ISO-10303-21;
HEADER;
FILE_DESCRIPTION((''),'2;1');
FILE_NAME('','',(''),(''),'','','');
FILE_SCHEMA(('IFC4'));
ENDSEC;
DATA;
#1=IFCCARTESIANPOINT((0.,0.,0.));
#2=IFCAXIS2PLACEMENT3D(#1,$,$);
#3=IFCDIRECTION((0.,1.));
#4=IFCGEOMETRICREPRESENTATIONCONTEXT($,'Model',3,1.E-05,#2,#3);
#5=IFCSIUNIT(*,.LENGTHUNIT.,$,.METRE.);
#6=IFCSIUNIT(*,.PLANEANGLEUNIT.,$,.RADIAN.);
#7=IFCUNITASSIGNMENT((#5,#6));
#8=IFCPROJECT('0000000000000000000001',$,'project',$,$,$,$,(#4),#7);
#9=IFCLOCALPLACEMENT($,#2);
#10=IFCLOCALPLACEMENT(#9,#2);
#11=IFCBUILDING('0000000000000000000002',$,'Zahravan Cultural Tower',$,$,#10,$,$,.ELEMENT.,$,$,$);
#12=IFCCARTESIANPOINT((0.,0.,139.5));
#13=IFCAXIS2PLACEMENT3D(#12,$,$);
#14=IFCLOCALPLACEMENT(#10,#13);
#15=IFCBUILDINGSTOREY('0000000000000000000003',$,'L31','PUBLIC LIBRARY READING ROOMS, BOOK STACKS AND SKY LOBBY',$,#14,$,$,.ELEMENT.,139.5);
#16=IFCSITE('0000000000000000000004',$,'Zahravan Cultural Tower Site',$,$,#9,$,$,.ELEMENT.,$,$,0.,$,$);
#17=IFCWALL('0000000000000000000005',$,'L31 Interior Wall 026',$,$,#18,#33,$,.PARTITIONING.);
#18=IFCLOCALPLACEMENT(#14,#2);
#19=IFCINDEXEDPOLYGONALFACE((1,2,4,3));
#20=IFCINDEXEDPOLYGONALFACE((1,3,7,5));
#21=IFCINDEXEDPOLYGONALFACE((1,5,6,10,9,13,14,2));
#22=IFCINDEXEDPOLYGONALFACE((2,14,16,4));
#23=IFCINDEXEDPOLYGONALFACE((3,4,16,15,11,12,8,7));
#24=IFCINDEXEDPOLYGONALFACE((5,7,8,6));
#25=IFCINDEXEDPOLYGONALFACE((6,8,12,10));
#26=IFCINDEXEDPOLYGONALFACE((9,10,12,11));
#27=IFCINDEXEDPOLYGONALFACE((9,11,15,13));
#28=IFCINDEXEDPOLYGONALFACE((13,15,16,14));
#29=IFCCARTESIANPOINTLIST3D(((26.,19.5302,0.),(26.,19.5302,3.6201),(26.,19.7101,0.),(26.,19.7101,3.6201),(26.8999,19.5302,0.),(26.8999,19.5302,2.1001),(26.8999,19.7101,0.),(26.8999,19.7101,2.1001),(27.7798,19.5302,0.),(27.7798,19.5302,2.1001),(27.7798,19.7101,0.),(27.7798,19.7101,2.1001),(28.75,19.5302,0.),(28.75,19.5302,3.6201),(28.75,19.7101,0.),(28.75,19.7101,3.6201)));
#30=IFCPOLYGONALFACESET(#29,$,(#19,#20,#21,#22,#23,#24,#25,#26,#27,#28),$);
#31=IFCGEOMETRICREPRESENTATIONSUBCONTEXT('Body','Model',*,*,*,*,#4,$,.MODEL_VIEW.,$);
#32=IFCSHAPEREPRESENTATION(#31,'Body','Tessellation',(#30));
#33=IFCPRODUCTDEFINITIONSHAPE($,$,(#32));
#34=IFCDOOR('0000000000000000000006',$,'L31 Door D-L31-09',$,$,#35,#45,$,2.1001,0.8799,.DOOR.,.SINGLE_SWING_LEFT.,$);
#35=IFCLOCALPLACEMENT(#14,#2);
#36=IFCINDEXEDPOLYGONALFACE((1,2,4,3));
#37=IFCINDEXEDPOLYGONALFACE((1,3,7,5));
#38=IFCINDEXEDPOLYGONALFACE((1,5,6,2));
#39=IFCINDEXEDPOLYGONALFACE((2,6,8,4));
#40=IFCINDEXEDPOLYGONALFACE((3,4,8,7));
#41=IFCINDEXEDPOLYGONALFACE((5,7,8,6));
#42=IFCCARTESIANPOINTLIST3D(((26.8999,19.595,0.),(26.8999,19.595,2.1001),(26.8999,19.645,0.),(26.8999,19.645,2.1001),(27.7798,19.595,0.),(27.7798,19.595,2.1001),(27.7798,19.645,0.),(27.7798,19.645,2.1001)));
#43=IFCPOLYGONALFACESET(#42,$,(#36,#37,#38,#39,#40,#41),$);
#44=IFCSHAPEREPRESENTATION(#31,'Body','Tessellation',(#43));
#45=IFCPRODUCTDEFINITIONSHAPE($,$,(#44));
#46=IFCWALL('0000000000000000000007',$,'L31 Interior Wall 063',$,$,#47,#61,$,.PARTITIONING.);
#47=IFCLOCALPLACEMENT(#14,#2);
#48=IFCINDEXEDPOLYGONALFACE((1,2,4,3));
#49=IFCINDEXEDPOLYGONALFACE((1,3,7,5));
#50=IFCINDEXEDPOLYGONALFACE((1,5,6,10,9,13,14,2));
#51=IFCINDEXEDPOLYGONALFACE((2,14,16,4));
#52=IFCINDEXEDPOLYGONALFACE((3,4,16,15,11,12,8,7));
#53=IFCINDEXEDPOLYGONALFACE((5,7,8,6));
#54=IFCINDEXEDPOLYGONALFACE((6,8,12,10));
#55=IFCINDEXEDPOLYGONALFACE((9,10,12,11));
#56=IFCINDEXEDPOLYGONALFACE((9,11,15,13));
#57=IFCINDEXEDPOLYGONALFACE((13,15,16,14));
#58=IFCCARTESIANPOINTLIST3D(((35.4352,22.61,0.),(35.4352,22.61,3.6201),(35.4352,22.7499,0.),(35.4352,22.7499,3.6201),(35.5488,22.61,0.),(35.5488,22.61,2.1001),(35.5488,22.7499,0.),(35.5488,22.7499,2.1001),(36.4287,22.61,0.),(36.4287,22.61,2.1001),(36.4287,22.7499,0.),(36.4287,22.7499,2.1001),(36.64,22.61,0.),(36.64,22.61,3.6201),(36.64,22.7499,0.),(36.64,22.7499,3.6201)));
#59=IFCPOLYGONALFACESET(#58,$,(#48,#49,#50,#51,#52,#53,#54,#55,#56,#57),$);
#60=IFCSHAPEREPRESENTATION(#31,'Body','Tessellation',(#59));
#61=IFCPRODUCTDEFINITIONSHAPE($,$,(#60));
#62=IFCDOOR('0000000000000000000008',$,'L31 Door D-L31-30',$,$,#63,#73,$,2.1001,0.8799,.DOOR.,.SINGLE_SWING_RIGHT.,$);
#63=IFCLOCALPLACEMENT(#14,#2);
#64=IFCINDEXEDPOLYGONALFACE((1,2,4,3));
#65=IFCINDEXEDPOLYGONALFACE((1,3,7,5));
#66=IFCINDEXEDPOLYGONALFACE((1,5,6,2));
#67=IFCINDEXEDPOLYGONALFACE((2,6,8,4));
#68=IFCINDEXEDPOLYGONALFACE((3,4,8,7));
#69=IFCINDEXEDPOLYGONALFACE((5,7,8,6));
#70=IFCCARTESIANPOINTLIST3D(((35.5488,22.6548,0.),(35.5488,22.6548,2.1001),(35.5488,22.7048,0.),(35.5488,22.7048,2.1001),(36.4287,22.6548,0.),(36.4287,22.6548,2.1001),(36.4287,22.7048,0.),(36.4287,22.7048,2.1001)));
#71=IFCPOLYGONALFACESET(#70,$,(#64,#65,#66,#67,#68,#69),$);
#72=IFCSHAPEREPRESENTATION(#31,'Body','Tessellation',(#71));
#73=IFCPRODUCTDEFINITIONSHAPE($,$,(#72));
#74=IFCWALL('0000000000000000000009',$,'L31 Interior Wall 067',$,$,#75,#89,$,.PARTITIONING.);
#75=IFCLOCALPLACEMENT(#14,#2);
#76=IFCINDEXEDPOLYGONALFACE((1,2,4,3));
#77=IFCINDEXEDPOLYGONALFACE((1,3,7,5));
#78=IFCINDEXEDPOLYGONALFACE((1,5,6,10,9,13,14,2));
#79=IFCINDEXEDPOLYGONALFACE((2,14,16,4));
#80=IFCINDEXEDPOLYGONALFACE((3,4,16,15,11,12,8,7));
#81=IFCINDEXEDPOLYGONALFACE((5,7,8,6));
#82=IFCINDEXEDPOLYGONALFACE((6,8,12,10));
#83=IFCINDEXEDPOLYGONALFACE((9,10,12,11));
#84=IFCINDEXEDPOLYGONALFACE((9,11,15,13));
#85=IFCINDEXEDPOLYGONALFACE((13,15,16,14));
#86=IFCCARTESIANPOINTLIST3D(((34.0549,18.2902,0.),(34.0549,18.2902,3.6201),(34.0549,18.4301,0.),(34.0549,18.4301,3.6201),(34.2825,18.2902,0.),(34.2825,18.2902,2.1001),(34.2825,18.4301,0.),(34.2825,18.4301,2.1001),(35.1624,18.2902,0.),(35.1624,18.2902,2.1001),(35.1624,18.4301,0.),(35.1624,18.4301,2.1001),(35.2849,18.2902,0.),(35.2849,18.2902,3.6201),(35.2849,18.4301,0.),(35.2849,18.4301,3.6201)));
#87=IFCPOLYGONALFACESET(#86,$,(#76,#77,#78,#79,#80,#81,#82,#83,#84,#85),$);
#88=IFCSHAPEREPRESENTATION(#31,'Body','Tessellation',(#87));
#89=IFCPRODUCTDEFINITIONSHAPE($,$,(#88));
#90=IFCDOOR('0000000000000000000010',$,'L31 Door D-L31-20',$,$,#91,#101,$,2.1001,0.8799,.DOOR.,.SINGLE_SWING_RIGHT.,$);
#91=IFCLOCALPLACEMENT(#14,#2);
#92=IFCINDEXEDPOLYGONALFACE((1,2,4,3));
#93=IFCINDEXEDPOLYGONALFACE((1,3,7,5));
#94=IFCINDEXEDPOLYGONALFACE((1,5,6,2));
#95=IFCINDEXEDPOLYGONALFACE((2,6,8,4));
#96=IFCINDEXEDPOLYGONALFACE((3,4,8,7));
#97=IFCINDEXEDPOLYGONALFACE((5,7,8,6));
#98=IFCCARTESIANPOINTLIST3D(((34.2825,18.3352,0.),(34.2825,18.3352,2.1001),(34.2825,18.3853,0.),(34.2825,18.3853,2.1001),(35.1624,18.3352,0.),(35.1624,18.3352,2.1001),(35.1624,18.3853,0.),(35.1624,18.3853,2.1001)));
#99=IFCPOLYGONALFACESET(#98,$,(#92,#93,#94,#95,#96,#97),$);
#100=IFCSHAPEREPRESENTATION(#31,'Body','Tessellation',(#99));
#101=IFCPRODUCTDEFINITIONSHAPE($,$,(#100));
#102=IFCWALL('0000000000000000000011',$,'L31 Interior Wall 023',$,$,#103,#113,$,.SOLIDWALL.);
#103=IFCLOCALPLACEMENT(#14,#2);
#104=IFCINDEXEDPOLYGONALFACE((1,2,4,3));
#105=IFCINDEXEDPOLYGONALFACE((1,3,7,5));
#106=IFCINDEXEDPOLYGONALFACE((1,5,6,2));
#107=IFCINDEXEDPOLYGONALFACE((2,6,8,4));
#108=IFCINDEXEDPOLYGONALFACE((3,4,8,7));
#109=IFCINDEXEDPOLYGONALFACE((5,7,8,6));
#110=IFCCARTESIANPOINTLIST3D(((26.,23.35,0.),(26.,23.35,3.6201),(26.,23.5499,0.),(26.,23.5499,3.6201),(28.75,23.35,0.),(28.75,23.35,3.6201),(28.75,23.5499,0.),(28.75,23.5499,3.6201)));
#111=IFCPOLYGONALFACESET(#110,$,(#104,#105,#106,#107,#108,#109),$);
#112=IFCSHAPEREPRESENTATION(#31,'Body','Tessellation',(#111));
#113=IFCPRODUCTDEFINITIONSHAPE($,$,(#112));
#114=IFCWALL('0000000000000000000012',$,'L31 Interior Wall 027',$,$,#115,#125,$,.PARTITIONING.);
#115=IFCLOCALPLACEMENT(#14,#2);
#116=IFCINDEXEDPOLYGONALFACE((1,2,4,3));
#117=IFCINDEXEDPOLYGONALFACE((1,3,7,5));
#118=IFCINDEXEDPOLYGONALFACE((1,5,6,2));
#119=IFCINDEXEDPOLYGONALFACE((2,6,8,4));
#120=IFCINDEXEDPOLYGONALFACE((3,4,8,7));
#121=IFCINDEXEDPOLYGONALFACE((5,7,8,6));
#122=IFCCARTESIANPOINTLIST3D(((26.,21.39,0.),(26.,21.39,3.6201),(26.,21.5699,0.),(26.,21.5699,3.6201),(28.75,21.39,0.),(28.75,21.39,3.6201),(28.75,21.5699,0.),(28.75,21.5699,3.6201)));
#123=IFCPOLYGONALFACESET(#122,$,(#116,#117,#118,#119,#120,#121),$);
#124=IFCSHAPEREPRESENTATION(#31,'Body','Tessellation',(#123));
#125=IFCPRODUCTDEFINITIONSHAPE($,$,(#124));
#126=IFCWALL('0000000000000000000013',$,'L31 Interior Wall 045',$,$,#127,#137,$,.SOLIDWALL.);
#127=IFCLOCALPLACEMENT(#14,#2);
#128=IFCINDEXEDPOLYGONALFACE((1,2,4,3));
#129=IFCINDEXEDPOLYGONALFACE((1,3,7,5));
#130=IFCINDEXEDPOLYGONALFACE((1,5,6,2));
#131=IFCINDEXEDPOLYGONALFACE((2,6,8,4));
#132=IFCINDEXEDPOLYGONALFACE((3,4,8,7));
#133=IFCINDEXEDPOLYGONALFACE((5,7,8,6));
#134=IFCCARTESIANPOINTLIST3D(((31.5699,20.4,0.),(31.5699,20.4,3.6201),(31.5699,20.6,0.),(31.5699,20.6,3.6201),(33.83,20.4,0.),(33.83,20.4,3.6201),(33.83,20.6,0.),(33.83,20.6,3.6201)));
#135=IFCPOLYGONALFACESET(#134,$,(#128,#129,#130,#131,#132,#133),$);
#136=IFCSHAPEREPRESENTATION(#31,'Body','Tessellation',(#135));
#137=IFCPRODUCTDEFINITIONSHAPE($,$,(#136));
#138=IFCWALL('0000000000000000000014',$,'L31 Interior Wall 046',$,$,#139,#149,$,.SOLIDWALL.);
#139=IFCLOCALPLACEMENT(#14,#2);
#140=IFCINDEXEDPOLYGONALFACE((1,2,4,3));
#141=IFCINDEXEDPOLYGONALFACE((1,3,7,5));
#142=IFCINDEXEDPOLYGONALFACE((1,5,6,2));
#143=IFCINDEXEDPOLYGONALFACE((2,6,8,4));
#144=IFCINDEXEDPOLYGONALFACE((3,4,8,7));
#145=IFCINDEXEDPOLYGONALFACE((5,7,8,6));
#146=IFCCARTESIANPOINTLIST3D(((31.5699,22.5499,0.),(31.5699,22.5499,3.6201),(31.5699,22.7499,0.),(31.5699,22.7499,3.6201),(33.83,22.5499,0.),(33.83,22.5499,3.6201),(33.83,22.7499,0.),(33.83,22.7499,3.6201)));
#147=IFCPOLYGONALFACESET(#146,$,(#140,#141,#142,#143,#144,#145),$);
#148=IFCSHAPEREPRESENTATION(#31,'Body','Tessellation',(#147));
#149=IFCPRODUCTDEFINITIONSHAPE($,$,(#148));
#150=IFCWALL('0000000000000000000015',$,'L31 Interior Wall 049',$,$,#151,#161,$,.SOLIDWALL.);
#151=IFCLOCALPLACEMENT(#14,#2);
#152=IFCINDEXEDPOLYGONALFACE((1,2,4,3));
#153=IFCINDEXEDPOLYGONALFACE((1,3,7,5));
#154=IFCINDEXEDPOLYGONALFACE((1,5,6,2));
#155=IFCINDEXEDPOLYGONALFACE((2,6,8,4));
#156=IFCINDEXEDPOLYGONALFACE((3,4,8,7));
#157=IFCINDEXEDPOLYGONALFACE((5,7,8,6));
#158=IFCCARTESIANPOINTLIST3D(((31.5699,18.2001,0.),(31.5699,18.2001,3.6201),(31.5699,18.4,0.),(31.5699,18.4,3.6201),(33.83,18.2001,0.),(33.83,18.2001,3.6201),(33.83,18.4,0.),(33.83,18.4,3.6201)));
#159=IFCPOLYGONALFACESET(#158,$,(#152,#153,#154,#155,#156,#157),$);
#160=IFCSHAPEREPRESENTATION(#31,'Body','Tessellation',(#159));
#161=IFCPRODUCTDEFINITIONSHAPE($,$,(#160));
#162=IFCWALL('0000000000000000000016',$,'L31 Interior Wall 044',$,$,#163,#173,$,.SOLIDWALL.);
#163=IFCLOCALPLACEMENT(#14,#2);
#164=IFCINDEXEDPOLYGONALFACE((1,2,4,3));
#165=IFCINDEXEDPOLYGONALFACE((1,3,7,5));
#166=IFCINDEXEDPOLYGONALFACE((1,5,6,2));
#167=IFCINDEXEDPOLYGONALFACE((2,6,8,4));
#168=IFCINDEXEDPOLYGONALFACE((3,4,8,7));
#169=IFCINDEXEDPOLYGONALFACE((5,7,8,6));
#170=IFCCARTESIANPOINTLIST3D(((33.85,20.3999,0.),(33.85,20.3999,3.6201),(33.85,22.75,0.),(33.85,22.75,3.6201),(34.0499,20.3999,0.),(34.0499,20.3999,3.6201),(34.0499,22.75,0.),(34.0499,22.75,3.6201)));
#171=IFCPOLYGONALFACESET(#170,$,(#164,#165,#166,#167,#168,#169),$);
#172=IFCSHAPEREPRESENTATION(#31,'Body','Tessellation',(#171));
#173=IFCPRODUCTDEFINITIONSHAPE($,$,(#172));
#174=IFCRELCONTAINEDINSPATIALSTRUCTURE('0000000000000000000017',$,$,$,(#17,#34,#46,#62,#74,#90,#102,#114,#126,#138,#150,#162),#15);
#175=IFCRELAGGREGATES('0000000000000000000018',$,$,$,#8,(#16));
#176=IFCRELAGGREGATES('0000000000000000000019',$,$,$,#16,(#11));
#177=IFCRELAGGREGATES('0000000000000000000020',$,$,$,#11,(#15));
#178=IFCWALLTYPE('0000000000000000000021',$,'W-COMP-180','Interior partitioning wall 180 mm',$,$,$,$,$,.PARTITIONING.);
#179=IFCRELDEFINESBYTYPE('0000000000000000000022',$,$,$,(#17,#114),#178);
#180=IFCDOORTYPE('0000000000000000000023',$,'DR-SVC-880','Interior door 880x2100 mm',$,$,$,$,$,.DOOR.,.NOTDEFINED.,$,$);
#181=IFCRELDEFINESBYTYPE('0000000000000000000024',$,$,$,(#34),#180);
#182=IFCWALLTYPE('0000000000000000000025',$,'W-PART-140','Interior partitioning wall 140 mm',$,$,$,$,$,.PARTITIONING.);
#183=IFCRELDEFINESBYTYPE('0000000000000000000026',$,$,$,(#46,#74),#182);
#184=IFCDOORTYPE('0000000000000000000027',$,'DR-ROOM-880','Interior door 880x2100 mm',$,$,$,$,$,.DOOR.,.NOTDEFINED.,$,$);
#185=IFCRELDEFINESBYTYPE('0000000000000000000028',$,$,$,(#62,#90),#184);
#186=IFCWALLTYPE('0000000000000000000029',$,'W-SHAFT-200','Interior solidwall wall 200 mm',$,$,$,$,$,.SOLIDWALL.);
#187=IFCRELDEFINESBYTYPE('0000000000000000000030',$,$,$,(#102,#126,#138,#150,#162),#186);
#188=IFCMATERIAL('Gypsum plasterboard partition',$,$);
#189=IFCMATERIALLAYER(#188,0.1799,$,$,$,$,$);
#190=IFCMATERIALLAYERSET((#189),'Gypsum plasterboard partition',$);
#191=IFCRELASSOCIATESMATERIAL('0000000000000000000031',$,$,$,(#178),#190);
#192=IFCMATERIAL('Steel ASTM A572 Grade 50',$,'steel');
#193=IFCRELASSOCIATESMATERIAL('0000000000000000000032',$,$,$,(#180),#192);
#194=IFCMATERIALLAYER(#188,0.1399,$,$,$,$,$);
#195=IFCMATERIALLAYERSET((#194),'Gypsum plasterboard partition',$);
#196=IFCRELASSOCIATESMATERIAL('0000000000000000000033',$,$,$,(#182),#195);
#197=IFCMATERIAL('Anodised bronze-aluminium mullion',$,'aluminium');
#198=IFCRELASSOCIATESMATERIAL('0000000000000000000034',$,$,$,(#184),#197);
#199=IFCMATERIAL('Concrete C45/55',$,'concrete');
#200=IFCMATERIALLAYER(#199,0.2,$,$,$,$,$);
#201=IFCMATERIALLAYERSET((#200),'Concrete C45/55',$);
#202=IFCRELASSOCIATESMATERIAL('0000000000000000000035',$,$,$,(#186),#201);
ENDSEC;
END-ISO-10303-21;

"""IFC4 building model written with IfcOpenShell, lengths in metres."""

from ifc_helpers import new_model, si_unit, direction, frame, frame_2d, origin, place, context, subcontext, project, spatial, rectangle, extrude, source, transform, mapped, material, layer, layer_set, type_object, element, fill, save


model = new_model("IFC4")

# Units and contexts
model_context = context("Model", 3, precision=1e-05, world=origin(), true_north=direction((0.0, 1.0)))
body_context = subcontext(model_context, "Body", "Model", "MODEL_VIEW")
ifc_project = project(units=[si_unit("LENGTHUNIT", "METRE"), si_unit("PLANEANGLEUNIT", "RADIAN")], contexts=[model_context])

# Site, building, storey
site_placement = place(None, origin())
site = spatial("IfcSite", under=ifc_project, at=site_placement, Name="Zahravan Cultural Tower Site", CompositionType="ELEMENT", RefElevation=0.0)
building_placement = place(site_placement, origin())
building = spatial("IfcBuilding", under=site, at=building_placement, Name="Zahravan Cultural Tower", CompositionType="ELEMENT")
storey_placement = place(building_placement, frame((0.0, 0.0, 139.5)))
storey = spatial("IfcBuildingStorey", under=building, at=storey_placement, Name="L31", Description="PUBLIC LIBRARY READING ROOMS, BOOK STACKS AND SKY LOBBY", CompositionType="ELEMENT", Elevation=139.5)

# Walls, openings, doors
ifc_material_1 = material(Name="Gypsum plasterboard partition")
ifc_layer_1 = layer(ifc_material_1, 0.1799)
ifc_layer_set_1 = layer_set([ifc_layer_1], Name="Gypsum plasterboard partition")
wall_type_1 = type_object("IfcWallType", Name="W-COMP-180", Description="Interior partitioning wall 180 mm", PredefinedType="PARTITIONING", material=ifc_layer_set_1)
wall_1_placement = place(storey_placement, frame((26.0, 19.6201, 0.0), z_axis=(0.0, 0.0, 1.0), x_axis=(1.0, 0.0, 0.0)))
wall_1 = element("IfcWall", 1, at=wall_1_placement, inside=storey, type_object=wall_type_1, Name="L31 Interior Wall 026", PredefinedType="PARTITIONING", context=body_context, shape_type="SweptSolid", body=[
    extrude(rectangle(XDim=2.75, YDim=0.1799, at=frame_2d((1.375, 0.0))), origin(), (0.0, 0.0, 1.0), 3.6201),
])
opening_1_placement = place(wall_1_placement, frame((0.8999, 0.0, 0.0)))
opening_1 = element("IfcOpeningElement", 2, at=opening_1_placement, cuts=wall_1, PredefinedType="OPENING", context=body_context, shape_type="SweptSolid", body=[
    extrude(rectangle(XDim=0.8799, YDim=2.1001, at=frame_2d((0.4399, 1.05))), frame((0.0, 0.0999, 0.0), z_axis=(0.0, -1.0, 0.0), x_axis=(1.0, 0.0, 0.0)), (0.0, 0.0, 1.0), 0.2),
])
ifc_material_2 = material(Name="Steel ASTM A572 Grade 50", Category="steel")
door_type_1 = type_object("IfcDoorType", Name="DR-SVC-880", Description="Interior door 880x2100 mm", OperationType="NOTDEFINED", PredefinedType="DOOR", material=ifc_material_2)
shared_shape_1 = source(origin(), body_context, "Body", "SweptSolid", [
    extrude(rectangle(XDim=0.8799, YDim=2.1001, at=frame_2d((0.4399, 1.05))), frame((0.0, 0.0249, 0.0), z_axis=(0.0, -1.0, 0.0), x_axis=(1.0, 0.0, 0.0)), (0.0, 0.0, 1.0), 0.05),
])
door_1_placement = place(opening_1_placement, origin())
door_1 = element("IfcDoor", 3, at=door_1_placement, inside=storey, type_object=door_type_1, Name="L31 Door D-L31-09", OperationType="SINGLE_SWING_LEFT", OverallHeight=2.1001, OverallWidth=0.8799, PredefinedType="DOOR", context=body_context, shape_type="MappedRepresentation", body=[
    mapped(shared_shape_1, transform((0.0, 0.0, 0.0), x_axis=(1.0, 0.0, 0.0), y_axis=(0.0, 1.0, 0.0), z_axis=(0.0, 0.0, 1.0), scale=1.0)),
])
fill(opening_1, door_1)
ifc_layer_2 = layer(ifc_material_1, 0.1399)
ifc_layer_set_2 = layer_set([ifc_layer_2], Name="Gypsum plasterboard partition")
wall_type_2 = type_object("IfcWallType", Name="W-PART-140", Description="Interior partitioning wall 140 mm", PredefinedType="PARTITIONING", material=ifc_layer_set_2)
wall_2_placement = place(storey_placement, frame((35.4351, 22.6799, 0.0), z_axis=(0.0, 0.0, 1.0), x_axis=(1.0, 0.0, 0.0)))
wall_2 = element("IfcWall", 4, at=wall_2_placement, inside=storey, type_object=wall_type_2, Name="L31 Interior Wall 063", PredefinedType="PARTITIONING", context=body_context, shape_type="SweptSolid", body=[
    extrude(rectangle(XDim=1.2048, YDim=0.1399, at=frame_2d((0.6025, 0.0))), origin(), (0.0, 0.0, 1.0), 3.6201),
])
opening_2_placement = place(wall_2_placement, frame((0.1138, 0.0, 0.0)))
opening_2 = element("IfcOpeningElement", 5, at=opening_2_placement, cuts=wall_2, PredefinedType="OPENING", context=body_context, shape_type="SweptSolid", body=[
    extrude(rectangle(XDim=0.8799, YDim=2.1001, at=frame_2d((0.4399, 1.05))), frame((0.0, 0.0798, 0.0), z_axis=(0.0, -1.0, 0.0), x_axis=(1.0, 0.0, 0.0)), (0.0, 0.0, 1.0), 0.1599),
])
ifc_material_3 = material(Name="Anodised bronze-aluminium mullion", Category="aluminium")
door_type_2 = type_object("IfcDoorType", Name="DR-ROOM-880", Description="Interior door 880x2100 mm", OperationType="NOTDEFINED", PredefinedType="DOOR", material=ifc_material_3)
door_2_placement = place(opening_2_placement, origin())
door_2 = element("IfcDoor", 6, at=door_2_placement, inside=storey, type_object=door_type_2, Name="L31 Door D-L31-30", OperationType="SINGLE_SWING_RIGHT", OverallHeight=2.1001, OverallWidth=0.8799, PredefinedType="DOOR", context=body_context, shape_type="MappedRepresentation", body=[
    mapped(shared_shape_1, transform((0.0, 0.0, 0.0), x_axis=(1.0, 0.0, 0.0), y_axis=(0.0, 1.0, 0.0), z_axis=(0.0, 0.0, 1.0), scale=1.0)),
])
fill(opening_2, door_2)
wall_3_placement = place(storey_placement, frame((35.2849, 18.3601, 0.0), z_axis=(0.0, 0.0, 1.0), x_axis=(-1.0, 0.0, 0.0)))
wall_3 = element("IfcWall", 7, at=wall_3_placement, inside=storey, type_object=wall_type_2, Name="L31 Interior Wall 067", PredefinedType="PARTITIONING", context=body_context, shape_type="SweptSolid", body=[
    extrude(rectangle(XDim=1.23, YDim=0.1399, at=frame_2d((0.615, 0.0))), origin(), (0.0, 0.0, 1.0), 3.6201),
])
opening_3_placement = place(wall_3_placement, frame((0.1226, 0.0, 0.0)))
opening_3 = element("IfcOpeningElement", 8, at=opening_3_placement, cuts=wall_3, PredefinedType="OPENING", context=body_context, shape_type="SweptSolid", body=[
    extrude(rectangle(XDim=0.8799, YDim=2.1001, at=frame_2d((0.4399, 1.05))), frame((0.0, 0.0798, 0.0), z_axis=(0.0, -1.0, 0.0), x_axis=(1.0, 0.0, 0.0)), (0.0, 0.0, 1.0), 0.1599),
])
door_3_placement = place(opening_3_placement, origin())
door_3 = element("IfcDoor", 9, at=door_3_placement, inside=storey, type_object=door_type_2, Name="L31 Door D-L31-20", OperationType="SINGLE_SWING_RIGHT", OverallHeight=2.1001, OverallWidth=0.8799, PredefinedType="DOOR", context=body_context, shape_type="MappedRepresentation", body=[
    mapped(shared_shape_1, transform((0.0, 0.0, 0.0), x_axis=(1.0, 0.0, 0.0), y_axis=(0.0, 1.0, 0.0), z_axis=(0.0, 0.0, 1.0), scale=1.0)),
])
fill(opening_3, door_3)
ifc_material_4 = material(Name="Concrete C45/55", Category="concrete")
ifc_layer_3 = layer(ifc_material_4, 0.2)
ifc_layer_set_3 = layer_set([ifc_layer_3], Name="Concrete C45/55")
wall_type_3 = type_object("IfcWallType", Name="W-SHAFT-200", Description="Interior solidwall wall 200 mm", PredefinedType="SOLIDWALL", material=ifc_layer_set_3)

# Walls
shared_shape_2 = source(origin(), body_context, "Body", "SweptSolid", [
    extrude(rectangle(XDim=2.75, YDim=0.2, at=frame_2d((1.375, 0.0))), origin(), (0.0, 0.0, 1.0), 3.6201),
])
wall_4_placement = place(storey_placement, frame((26.0, 23.45, 0.0), z_axis=(0.0, 0.0, 1.0), x_axis=(1.0, 0.0, 0.0)))
element("IfcWall", 10, at=wall_4_placement, inside=storey, type_object=wall_type_3, Name="L31 Interior Wall 023", PredefinedType="SOLIDWALL", context=body_context, shape_type="MappedRepresentation", body=[
    mapped(shared_shape_2, transform((0.0, 0.0, 0.0), x_axis=(1.0, 0.0, 0.0), y_axis=(0.0, 1.0, 0.0), z_axis=(0.0, 0.0, 1.0), scale=1.0)),
])
shared_shape_3 = source(origin(), body_context, "Body", "SweptSolid", [
    extrude(rectangle(XDim=2.75, YDim=0.1799, at=frame_2d((1.375, 0.0))), origin(), (0.0, 0.0, 1.0), 3.6201),
])
wall_5_placement = place(storey_placement, frame((26.0, 21.48, 0.0), z_axis=(0.0, 0.0, 1.0), x_axis=(1.0, 0.0, 0.0)))
element("IfcWall", 11, at=wall_5_placement, inside=storey, type_object=wall_type_1, Name="L31 Interior Wall 027", PredefinedType="PARTITIONING", context=body_context, shape_type="MappedRepresentation", body=[
    mapped(shared_shape_3, transform((0.0, 0.0, 0.0), x_axis=(1.0, 0.0, 0.0), y_axis=(0.0, 1.0, 0.0), z_axis=(0.0, 0.0, 1.0), scale=1.0)),
])
shared_shape_4 = source(origin(), body_context, "Body", "SweptSolid", [
    extrude(rectangle(XDim=2.26, YDim=0.2, at=frame_2d((1.1299, 0.0))), origin(), (0.0, 0.0, 1.0), 3.6201),
])
for number, where, z_axis, x_axis, name in (
    (12, (31.5701, 20.5, 0.0), (0.0, 0.0, 1.0), (1.0, 0.0, 0.0), "L31 Interior Wall 045"),
    (13, (31.5701, 22.6499, 0.0), (0.0, 0.0, 1.0), (1.0, 0.0, 0.0), "L31 Interior Wall 046"),
    (14, (31.5701, 18.3, 0.0), (0.0, 0.0, 1.0), (1.0, 0.0, 0.0), "L31 Interior Wall 049"),
):
    element("IfcWall", number, at=place(storey_placement, frame(where, z_axis=z_axis, x_axis=x_axis)), inside=storey, type_object=wall_type_3, Name=name, PredefinedType="SOLIDWALL", context=body_context, shape_type="MappedRepresentation", body=[
        mapped(shared_shape_4, transform((0.0, 0.0, 0.0), x_axis=(1.0, 0.0, 0.0), y_axis=(0.0, 1.0, 0.0), z_axis=(0.0, 0.0, 1.0), scale=1.0)),
    ])
shared_shape_5 = source(origin(), body_context, "Body", "SweptSolid", [
    extrude(rectangle(XDim=2.3501, YDim=0.2, at=frame_2d((1.175, 0.0))), origin(), (0.0, 0.0, 1.0), 3.6201),
])
for number, where, z_axis, x_axis, name in (
    (15, (33.95, 20.3999, 0.0), (0.0, 0.0, 1.0), (0.0, 1.0, 0.0), "L31 Interior Wall 044"),
):
    element("IfcWall", number, at=place(storey_placement, frame(where, z_axis=z_axis, x_axis=x_axis)), inside=storey, type_object=wall_type_3, Name=name, PredefinedType="SOLIDWALL", context=body_context, shape_type="MappedRepresentation", body=[
        mapped(shared_shape_5, transform((0.0, 0.0, 0.0), x_axis=(1.0, 0.0, 0.0), y_axis=(0.0, 1.0, 0.0), z_axis=(0.0, 0.0, 1.0), scale=1.0)),
    ])

save(model, "model.ifc")
